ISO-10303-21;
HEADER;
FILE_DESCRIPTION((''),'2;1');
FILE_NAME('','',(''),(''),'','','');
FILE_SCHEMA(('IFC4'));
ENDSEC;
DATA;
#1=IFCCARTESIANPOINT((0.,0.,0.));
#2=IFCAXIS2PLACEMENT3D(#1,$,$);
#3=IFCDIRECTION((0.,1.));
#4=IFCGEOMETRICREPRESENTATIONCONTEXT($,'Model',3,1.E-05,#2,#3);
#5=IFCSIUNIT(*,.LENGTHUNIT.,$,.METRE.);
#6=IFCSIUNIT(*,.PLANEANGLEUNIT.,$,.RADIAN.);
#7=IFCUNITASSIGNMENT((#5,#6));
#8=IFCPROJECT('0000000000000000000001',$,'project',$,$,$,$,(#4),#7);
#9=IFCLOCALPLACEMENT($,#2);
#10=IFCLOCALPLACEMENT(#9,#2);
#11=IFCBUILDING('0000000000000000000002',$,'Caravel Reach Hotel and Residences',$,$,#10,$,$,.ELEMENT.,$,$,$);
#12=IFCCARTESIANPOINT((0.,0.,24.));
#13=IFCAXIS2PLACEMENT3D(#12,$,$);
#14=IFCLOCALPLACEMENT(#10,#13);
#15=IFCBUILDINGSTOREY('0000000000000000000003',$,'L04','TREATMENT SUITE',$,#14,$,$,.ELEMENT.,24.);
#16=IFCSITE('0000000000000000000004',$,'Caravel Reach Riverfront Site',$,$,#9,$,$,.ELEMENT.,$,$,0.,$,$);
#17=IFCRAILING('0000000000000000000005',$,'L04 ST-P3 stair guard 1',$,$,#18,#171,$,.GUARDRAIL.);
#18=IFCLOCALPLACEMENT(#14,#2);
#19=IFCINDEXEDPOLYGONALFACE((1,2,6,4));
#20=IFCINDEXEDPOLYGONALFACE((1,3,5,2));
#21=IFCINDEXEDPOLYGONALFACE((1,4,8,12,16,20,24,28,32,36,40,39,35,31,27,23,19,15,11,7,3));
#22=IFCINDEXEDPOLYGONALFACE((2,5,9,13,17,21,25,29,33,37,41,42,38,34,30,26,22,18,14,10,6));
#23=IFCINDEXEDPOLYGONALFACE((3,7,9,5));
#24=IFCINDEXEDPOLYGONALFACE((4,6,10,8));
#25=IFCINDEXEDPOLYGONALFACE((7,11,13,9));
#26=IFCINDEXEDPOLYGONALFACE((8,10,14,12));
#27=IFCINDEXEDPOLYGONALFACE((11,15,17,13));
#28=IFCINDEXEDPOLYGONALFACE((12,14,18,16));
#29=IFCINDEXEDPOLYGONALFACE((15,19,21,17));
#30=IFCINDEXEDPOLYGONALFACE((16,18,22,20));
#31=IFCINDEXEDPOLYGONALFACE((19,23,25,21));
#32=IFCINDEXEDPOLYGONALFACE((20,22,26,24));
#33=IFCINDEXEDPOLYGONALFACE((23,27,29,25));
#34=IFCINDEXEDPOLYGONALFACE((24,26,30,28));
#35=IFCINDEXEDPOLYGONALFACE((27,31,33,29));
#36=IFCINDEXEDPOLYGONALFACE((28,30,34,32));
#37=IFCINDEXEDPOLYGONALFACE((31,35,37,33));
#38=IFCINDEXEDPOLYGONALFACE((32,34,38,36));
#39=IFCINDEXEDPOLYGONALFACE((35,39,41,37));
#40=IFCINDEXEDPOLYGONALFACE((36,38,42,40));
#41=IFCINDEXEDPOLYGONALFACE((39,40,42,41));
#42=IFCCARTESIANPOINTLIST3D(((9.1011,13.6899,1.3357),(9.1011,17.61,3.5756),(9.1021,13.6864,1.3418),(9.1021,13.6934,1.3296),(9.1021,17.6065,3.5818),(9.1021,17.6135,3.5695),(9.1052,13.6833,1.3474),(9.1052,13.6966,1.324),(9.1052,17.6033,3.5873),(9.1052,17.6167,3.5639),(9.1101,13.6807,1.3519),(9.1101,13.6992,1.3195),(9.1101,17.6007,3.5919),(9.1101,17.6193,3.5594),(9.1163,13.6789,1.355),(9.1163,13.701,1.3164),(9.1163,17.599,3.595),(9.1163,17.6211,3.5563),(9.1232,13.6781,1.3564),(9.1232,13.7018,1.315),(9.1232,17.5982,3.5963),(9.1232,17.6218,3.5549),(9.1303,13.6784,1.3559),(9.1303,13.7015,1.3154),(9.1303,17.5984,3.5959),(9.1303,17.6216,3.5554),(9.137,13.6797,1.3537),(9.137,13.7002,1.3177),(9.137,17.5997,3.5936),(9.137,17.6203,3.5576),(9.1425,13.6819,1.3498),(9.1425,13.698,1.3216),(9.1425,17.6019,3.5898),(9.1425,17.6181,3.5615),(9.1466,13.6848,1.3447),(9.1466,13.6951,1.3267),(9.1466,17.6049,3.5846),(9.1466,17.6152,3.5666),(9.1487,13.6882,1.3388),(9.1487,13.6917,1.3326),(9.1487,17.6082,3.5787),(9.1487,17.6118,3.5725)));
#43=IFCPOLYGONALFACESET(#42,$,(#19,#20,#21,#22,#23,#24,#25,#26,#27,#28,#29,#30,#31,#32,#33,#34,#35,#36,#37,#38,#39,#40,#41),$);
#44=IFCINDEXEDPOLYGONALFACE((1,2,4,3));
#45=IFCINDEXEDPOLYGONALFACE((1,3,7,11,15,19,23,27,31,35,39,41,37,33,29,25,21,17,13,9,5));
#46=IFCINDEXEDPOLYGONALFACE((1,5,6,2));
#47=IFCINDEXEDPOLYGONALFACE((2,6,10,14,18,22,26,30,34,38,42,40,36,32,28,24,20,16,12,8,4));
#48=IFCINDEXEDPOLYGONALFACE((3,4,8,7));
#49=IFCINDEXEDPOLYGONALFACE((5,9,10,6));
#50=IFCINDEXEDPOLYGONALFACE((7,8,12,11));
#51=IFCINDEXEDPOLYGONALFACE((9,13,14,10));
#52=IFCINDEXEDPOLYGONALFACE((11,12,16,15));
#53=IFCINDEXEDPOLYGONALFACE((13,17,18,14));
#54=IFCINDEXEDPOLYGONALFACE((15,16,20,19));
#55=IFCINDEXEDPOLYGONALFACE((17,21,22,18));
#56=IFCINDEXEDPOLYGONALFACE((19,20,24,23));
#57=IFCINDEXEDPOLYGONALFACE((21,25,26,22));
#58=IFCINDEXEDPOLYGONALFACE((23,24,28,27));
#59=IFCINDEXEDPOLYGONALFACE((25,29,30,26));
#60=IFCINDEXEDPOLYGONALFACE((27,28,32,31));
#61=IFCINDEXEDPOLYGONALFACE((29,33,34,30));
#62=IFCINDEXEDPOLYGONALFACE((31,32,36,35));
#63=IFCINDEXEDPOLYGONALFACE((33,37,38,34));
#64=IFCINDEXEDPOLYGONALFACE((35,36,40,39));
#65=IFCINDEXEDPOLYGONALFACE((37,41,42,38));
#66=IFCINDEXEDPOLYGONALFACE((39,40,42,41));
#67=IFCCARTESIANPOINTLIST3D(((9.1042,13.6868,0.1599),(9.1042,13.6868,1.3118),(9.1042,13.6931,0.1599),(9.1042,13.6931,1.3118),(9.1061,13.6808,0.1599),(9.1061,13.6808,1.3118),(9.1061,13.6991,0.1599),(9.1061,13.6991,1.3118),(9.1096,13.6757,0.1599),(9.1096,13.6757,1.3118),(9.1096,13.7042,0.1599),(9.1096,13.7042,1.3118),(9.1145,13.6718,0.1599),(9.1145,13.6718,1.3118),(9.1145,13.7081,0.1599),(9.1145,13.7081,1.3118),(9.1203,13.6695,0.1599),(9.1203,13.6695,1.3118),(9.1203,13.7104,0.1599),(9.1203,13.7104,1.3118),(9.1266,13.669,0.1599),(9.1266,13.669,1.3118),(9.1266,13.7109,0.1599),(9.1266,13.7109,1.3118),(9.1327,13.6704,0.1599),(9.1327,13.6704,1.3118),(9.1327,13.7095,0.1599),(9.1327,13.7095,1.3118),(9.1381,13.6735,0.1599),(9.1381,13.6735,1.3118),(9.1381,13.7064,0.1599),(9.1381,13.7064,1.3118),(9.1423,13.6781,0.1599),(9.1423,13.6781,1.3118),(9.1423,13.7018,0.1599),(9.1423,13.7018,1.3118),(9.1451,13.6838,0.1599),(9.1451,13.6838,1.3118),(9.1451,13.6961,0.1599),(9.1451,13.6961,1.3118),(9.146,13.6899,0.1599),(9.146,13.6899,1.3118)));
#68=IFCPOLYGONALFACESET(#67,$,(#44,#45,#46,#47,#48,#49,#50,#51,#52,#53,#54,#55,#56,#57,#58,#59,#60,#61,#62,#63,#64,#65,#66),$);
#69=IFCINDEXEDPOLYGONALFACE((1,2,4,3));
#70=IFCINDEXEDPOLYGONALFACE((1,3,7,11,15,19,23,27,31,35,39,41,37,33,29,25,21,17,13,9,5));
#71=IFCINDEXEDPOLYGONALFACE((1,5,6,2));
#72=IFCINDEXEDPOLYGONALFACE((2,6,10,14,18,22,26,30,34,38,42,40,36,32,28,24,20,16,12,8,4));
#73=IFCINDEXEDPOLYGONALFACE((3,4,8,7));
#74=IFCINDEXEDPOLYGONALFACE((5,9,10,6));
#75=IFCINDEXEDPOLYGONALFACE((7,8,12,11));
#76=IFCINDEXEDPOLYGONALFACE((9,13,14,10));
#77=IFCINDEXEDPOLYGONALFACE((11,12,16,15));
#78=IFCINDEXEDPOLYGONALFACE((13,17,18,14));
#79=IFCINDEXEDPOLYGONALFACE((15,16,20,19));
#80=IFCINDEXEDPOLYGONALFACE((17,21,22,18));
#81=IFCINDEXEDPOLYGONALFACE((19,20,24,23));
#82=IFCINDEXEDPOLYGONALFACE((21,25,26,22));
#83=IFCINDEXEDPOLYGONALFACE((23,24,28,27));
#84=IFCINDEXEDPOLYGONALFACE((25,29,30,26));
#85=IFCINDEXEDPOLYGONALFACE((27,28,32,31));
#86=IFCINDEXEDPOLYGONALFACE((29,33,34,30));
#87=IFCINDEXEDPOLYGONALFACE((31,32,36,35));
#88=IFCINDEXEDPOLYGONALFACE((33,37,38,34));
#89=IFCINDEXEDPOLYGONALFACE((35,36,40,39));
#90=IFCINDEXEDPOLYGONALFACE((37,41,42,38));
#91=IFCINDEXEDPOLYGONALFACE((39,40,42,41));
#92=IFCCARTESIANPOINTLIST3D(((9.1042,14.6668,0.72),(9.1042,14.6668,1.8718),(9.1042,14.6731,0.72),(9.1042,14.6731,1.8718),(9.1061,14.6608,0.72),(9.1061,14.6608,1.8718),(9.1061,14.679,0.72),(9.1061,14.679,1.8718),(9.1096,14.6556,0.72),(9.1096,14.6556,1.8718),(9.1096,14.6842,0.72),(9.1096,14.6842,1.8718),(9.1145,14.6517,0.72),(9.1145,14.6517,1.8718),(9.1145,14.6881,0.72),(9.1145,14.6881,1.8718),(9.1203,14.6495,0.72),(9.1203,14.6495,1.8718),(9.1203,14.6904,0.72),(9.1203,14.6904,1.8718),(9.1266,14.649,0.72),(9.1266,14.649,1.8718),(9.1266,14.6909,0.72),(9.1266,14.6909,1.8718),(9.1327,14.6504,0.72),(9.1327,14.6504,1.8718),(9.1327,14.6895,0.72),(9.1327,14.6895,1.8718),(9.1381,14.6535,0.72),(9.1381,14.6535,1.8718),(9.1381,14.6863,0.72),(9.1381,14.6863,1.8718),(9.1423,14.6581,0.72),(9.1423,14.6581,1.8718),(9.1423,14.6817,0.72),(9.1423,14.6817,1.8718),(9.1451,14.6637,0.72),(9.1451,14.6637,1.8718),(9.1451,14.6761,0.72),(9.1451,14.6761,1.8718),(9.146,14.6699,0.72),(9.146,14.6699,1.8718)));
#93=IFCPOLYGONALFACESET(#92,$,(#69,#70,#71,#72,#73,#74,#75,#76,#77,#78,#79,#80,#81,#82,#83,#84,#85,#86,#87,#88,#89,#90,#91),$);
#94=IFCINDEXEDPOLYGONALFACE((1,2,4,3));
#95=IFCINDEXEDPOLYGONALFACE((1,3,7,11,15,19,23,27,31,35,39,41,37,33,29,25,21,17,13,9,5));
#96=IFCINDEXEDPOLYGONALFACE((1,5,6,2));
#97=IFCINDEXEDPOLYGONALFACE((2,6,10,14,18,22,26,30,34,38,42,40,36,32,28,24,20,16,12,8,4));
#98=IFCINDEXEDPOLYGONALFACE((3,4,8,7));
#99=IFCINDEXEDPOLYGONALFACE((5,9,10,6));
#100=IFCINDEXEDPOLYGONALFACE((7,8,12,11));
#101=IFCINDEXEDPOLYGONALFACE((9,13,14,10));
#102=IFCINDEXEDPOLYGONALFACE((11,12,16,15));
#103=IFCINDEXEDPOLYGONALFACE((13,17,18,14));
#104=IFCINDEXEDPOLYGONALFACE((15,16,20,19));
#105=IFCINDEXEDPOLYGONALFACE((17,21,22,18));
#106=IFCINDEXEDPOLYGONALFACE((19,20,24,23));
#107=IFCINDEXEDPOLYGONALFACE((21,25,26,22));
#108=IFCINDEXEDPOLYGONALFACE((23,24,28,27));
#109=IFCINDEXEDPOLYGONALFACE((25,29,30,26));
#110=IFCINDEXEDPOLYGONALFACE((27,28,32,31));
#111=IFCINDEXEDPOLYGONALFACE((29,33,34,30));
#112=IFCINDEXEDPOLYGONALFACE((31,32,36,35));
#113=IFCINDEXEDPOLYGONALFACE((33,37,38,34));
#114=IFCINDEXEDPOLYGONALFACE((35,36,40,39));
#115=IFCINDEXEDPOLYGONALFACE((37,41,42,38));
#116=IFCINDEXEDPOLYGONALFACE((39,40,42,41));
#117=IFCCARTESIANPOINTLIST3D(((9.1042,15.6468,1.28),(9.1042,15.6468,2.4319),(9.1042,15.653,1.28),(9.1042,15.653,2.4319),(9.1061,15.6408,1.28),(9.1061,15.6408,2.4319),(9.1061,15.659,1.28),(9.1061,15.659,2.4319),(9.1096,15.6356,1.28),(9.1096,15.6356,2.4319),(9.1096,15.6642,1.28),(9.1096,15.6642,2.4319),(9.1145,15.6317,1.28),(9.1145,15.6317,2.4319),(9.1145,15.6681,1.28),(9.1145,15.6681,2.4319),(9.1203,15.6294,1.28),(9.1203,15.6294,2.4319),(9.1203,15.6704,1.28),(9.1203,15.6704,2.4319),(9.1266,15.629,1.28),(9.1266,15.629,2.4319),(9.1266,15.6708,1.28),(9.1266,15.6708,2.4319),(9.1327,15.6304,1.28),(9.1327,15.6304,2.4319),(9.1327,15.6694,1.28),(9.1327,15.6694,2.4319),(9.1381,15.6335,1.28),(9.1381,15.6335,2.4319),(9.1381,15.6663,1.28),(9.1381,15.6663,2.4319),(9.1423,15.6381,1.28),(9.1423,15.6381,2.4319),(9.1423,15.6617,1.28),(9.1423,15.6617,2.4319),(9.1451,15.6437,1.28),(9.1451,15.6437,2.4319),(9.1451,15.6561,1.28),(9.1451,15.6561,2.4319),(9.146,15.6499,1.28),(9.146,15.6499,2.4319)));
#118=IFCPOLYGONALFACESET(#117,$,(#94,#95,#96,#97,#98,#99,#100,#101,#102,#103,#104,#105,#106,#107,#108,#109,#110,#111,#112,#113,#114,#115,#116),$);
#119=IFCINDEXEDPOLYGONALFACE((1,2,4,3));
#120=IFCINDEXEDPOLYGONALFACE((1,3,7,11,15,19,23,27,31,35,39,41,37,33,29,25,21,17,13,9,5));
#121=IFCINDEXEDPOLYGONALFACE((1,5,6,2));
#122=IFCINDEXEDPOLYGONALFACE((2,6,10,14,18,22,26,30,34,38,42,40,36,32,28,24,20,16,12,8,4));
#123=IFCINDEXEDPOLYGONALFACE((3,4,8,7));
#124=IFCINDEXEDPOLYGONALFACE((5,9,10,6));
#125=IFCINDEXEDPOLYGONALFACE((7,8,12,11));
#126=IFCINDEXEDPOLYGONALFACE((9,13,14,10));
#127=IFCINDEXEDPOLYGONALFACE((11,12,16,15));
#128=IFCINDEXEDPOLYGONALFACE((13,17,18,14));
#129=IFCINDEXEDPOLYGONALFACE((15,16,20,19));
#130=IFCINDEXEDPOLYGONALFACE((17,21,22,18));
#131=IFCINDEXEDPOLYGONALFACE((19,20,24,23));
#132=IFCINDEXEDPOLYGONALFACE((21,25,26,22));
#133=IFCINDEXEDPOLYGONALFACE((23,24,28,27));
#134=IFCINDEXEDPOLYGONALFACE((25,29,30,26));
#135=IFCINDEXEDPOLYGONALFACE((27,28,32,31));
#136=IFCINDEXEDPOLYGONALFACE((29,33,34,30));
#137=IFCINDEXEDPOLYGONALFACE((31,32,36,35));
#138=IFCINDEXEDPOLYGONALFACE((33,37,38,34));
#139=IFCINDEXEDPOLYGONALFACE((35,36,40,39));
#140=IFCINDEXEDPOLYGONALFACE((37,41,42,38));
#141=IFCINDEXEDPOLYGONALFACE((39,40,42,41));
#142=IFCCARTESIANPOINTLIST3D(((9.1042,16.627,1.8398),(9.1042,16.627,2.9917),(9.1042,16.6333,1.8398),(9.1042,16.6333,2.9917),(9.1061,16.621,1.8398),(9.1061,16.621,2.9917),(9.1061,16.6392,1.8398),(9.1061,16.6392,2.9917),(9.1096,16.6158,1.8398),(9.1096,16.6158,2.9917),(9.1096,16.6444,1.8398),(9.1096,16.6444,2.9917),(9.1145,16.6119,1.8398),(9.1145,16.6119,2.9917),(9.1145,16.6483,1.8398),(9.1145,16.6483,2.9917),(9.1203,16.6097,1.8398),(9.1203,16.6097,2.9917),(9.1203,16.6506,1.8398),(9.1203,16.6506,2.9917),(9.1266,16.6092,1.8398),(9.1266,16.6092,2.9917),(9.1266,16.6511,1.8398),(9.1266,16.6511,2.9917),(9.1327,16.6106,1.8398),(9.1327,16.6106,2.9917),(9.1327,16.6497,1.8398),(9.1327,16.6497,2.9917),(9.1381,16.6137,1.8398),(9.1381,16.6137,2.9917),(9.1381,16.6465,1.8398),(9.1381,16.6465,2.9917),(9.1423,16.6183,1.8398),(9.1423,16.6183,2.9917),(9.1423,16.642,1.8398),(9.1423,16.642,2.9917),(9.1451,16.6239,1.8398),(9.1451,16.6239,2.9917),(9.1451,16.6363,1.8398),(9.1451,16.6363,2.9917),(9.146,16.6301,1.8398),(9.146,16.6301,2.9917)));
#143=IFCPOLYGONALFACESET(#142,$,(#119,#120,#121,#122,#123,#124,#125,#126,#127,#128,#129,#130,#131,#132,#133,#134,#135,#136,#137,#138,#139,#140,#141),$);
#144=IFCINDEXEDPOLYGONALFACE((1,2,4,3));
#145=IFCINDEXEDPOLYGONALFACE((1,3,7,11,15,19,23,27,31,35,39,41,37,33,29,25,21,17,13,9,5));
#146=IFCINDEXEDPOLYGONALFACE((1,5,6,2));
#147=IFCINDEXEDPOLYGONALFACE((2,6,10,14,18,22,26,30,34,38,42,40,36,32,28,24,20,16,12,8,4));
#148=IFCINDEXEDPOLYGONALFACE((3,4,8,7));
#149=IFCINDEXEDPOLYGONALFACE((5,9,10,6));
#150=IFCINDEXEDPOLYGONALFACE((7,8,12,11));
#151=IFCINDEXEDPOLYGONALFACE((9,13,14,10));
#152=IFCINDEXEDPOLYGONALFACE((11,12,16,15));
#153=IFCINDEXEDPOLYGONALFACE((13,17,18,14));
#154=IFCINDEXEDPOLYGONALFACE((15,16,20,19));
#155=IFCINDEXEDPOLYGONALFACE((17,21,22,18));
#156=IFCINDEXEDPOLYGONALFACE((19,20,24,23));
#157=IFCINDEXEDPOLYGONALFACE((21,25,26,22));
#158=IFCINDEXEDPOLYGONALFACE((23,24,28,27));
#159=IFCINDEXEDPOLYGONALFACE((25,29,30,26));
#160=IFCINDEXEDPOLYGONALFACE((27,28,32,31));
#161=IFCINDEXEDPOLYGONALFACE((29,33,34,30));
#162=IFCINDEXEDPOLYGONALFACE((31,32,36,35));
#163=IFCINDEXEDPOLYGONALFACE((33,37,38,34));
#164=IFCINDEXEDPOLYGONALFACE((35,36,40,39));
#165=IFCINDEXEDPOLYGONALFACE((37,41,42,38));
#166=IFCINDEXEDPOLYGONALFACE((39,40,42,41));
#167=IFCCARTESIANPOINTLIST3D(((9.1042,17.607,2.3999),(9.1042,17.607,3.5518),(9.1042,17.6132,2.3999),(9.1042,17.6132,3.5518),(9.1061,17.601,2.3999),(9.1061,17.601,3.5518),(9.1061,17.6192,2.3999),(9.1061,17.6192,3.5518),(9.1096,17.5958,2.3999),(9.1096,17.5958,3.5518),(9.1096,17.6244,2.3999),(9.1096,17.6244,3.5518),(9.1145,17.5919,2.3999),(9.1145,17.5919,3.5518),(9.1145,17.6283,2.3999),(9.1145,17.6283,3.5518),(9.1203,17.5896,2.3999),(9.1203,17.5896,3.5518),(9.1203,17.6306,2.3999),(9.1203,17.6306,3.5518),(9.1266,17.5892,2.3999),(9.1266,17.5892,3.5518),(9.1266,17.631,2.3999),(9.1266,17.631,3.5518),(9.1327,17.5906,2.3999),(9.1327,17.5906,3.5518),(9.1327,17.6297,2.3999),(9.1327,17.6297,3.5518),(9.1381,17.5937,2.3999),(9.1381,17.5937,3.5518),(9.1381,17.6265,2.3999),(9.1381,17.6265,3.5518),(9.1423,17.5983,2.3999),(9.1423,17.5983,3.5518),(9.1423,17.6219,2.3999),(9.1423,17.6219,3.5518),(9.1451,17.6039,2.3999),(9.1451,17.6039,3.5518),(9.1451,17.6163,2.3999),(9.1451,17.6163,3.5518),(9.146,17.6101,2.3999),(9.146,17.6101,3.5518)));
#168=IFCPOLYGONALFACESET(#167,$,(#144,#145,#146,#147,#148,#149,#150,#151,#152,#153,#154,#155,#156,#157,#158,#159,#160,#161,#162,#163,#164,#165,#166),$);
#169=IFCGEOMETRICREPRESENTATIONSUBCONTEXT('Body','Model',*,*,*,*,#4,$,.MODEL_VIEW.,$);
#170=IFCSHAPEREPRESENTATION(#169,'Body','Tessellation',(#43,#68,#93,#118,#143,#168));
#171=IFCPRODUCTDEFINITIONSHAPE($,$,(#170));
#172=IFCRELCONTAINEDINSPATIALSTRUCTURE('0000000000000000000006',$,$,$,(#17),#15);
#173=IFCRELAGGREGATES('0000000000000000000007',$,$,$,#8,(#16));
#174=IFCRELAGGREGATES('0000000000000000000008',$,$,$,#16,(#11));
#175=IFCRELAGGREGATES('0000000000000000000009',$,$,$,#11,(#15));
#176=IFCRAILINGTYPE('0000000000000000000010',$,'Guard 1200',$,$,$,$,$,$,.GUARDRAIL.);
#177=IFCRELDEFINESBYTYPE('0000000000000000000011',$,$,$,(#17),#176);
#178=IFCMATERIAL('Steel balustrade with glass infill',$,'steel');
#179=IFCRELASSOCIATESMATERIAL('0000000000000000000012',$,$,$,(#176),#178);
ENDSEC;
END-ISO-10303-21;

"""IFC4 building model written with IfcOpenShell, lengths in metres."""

from ifc_helpers import new_model, si_unit, direction, frame, origin, origin_2d, place, context, subcontext, project, spatial, circle, extrude, material, type_object, element, save


model = new_model("IFC4")

# Units and contexts
model_context = context("Model", 3, precision=1e-05, world=origin(), true_north=direction((0.0, 1.0)))
body_context = subcontext(model_context, "Body", "Model", "MODEL_VIEW")
ifc_project = project(units=[si_unit("LENGTHUNIT", "METRE"), si_unit("PLANEANGLEUNIT", "RADIAN")], contexts=[model_context])

# Site, building, storey
site_placement = place(None, origin())
site = spatial("IfcSite", under=ifc_project, at=site_placement, Name="Caravel Reach Riverfront Site", CompositionType="ELEMENT", RefElevation=0.0)
building_placement = place(site_placement, origin())
building = spatial("IfcBuilding", under=site, at=building_placement, Name="Caravel Reach Hotel and Residences", CompositionType="ELEMENT")
storey_placement = place(building_placement, frame((0.0, 0.0, 24.0)))
storey = spatial("IfcBuildingStorey", under=building, at=storey_placement, Name="L04", Description="TREATMENT SUITE", CompositionType="ELEMENT", Elevation=24.0)

# Railing
ifc_material_1 = material(Name="Steel balustrade with glass infill", Category="steel")
railing_type = type_object("IfcRailingType", Name="Guard 1200", PredefinedType="GUARDRAIL", material=ifc_material_1)
railing_1_placement = place(storey_placement, frame((9.125, 13.6899, 0.1599)))
element("IfcRailing", 1, at=railing_1_placement, inside=storey, type_object=railing_type, Name="L04 ST-P3 stair guard 1", PredefinedType="GUARDRAIL", context=body_context, shape_type="SweptSolid", body=[
    extrude(circle(Radius=0.0239, at=origin_2d()), frame((0.0, 0.0, 1.1758), z_axis=(0.0, 0.868253, 0.496121), x_axis=(-1.0, 0.0, 0.0)), (0.0, 0.0, 1.0), 4.5149),
    extrude(circle(Radius=0.021, at=origin_2d()), origin(), (0.0, 0.0, 1.0), 1.1519),
    extrude(circle(Radius=0.021, at=origin_2d()), frame((0.0, 0.98, 0.5601)), (0.0, 0.0, 1.0), 1.1519),
    extrude(circle(Radius=0.021, at=origin_2d()), frame((0.0, 1.96, 1.1201)), (0.0, 0.0, 1.0), 1.1519),
    extrude(circle(Radius=0.021, at=origin_2d()), frame((0.0, 2.9402, 1.6799)), (0.0, 0.0, 1.0), 1.1519),
    extrude(circle(Radius=0.021, at=origin_2d()), frame((0.0, 3.9202, 2.24)), (0.0, 0.0, 1.0), 1.1519),
])

save(model, "model.ifc")
